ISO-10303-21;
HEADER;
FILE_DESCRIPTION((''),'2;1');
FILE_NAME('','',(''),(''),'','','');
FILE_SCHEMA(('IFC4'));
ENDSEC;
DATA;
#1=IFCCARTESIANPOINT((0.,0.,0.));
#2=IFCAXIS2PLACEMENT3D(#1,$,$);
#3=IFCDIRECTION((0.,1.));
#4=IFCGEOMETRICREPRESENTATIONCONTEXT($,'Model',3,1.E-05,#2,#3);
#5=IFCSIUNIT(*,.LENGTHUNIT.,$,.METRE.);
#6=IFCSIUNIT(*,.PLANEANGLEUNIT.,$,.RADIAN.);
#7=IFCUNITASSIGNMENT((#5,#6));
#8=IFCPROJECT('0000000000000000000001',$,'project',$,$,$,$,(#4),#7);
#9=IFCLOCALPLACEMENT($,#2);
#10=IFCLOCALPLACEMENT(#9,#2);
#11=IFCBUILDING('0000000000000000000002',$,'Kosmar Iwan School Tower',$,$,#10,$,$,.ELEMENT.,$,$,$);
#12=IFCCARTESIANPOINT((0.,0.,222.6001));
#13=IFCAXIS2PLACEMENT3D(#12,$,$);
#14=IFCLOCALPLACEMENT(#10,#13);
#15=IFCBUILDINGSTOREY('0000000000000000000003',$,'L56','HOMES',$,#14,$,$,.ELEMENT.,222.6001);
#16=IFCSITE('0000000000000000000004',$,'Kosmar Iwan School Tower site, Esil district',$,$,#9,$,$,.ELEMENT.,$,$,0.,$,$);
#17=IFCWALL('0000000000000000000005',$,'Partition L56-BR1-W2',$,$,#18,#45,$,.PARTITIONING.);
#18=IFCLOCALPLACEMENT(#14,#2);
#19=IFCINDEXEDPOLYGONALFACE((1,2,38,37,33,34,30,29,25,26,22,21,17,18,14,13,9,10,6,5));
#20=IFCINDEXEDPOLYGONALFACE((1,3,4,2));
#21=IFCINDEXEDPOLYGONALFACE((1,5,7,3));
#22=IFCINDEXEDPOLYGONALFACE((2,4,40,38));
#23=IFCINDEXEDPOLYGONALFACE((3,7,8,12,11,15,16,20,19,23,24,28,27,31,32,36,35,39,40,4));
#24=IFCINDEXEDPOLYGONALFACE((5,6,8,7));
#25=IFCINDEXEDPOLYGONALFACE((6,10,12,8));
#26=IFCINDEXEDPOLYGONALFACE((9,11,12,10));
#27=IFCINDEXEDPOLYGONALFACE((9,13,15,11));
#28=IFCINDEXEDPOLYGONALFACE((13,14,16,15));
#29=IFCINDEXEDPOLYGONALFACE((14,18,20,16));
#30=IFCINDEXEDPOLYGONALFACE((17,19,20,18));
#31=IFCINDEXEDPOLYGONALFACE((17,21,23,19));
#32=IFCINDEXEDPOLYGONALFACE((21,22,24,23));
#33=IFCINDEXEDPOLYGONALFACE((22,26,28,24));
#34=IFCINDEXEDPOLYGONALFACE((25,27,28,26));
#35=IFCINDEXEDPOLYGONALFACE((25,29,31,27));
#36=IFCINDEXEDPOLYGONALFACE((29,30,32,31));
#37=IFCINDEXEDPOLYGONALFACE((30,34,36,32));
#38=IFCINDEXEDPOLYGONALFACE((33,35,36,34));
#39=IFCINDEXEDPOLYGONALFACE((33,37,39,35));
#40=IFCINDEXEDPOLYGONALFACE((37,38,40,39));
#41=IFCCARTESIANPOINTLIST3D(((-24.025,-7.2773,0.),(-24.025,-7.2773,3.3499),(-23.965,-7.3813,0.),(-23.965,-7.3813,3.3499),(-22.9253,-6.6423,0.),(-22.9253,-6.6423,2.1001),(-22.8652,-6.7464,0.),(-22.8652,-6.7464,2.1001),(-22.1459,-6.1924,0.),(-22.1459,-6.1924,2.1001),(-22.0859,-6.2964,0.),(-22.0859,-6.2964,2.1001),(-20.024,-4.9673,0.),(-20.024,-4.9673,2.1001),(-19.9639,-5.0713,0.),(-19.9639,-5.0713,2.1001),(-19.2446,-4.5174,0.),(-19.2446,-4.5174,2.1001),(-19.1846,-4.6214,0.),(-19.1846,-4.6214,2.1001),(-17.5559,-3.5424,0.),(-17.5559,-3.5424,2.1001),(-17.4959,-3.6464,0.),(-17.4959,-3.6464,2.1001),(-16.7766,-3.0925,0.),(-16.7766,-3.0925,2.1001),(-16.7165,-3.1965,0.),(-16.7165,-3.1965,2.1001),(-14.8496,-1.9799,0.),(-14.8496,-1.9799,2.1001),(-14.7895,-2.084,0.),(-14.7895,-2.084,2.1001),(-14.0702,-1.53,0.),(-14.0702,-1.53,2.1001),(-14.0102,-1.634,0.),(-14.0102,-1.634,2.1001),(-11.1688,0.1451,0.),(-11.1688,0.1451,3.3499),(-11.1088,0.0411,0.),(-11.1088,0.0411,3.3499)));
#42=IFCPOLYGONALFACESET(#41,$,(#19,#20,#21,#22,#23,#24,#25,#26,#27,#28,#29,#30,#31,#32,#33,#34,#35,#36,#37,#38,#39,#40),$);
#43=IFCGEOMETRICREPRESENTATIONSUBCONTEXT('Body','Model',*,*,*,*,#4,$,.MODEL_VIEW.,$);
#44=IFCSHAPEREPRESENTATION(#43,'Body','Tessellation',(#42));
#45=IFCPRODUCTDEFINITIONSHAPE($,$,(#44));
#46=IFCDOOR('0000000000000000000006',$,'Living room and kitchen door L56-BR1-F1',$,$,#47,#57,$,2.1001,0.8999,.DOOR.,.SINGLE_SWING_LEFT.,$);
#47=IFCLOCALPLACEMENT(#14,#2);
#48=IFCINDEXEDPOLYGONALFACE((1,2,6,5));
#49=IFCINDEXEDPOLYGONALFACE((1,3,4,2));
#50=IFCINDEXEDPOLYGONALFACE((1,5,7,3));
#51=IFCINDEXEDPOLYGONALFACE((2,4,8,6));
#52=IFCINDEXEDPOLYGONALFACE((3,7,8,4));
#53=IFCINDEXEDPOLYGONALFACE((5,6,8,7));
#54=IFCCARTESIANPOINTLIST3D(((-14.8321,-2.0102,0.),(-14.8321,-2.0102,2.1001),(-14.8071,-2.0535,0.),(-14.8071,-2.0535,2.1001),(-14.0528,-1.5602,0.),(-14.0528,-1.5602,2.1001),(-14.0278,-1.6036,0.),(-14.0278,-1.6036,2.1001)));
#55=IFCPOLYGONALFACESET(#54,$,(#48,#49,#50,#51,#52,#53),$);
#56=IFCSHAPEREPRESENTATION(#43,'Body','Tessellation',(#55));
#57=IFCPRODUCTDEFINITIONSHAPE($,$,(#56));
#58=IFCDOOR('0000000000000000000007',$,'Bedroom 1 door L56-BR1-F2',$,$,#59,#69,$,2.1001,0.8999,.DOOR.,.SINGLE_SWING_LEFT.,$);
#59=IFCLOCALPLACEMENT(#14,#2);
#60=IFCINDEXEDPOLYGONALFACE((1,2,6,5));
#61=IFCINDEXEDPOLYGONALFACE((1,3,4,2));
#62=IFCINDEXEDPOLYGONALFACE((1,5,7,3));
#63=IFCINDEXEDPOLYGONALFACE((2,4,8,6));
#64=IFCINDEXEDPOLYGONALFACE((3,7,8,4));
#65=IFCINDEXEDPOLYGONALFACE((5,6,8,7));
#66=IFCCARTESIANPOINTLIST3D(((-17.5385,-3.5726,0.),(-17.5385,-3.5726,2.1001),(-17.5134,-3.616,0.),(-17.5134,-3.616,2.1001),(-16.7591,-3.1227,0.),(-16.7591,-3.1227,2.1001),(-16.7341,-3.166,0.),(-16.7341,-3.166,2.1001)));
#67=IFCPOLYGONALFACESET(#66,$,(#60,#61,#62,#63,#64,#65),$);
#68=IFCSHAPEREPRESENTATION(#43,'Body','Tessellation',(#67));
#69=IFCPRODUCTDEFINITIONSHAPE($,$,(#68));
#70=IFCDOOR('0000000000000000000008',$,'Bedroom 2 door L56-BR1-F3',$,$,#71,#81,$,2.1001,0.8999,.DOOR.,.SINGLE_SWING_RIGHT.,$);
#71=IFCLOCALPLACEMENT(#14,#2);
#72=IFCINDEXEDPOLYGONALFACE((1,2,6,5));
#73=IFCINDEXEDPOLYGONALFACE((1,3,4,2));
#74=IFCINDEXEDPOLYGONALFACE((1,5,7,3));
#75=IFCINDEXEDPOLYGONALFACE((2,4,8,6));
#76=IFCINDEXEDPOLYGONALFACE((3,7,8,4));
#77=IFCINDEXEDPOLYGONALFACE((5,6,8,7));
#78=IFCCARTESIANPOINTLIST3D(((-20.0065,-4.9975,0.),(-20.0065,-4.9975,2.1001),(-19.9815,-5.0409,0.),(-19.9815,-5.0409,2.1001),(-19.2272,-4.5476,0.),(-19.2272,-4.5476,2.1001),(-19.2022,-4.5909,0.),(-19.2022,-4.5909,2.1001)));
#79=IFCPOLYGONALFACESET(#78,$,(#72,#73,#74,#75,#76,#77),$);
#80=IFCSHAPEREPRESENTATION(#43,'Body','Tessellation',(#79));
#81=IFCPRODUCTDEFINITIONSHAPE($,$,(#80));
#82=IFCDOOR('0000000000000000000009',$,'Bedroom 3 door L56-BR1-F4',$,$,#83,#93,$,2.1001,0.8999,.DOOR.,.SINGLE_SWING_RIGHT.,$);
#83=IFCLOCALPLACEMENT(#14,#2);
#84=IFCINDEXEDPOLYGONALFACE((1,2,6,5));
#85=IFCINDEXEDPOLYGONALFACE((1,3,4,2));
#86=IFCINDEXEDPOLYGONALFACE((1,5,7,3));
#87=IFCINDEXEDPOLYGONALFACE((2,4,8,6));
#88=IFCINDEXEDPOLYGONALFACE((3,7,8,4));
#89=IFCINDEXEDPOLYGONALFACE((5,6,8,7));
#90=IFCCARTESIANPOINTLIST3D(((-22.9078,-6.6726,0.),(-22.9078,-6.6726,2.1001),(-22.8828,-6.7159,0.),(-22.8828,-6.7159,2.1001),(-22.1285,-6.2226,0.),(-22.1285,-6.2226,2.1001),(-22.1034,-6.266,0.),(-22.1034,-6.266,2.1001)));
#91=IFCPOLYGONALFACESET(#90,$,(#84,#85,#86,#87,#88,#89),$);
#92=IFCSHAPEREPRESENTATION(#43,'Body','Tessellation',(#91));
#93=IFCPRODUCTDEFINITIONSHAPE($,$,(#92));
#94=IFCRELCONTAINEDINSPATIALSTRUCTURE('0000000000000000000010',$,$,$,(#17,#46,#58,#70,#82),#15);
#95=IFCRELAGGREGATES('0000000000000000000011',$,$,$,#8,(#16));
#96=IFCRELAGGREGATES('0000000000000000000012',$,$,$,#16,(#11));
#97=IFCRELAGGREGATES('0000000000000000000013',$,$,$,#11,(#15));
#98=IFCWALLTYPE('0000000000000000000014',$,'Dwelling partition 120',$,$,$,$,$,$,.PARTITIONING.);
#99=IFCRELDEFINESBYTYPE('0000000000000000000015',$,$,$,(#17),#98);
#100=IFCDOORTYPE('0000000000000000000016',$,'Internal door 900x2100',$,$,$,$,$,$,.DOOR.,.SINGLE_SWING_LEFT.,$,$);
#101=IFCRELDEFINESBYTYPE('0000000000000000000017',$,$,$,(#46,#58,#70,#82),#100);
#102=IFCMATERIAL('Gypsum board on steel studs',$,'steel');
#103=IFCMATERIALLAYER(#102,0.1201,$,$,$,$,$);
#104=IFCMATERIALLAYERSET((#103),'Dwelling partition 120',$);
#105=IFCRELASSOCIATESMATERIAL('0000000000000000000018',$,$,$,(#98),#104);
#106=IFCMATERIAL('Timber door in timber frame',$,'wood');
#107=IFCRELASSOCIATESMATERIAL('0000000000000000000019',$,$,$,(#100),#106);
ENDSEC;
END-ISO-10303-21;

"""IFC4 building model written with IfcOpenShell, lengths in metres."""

from ifc_helpers import new_model, si_unit, direction, frame, frame_2d, origin, place, context, subcontext, project, spatial, rectangle, extrude, material, layer, layer_set, type_object, element, fill, save


model = new_model("IFC4")

# Units and contexts
model_context = context("Model", 3, precision=1e-05, world=origin(), true_north=direction((0.0, 1.0)))
body_context = subcontext(model_context, "Body", "Model", "MODEL_VIEW")
ifc_project = project(units=[si_unit("LENGTHUNIT", "METRE"), si_unit("PLANEANGLEUNIT", "RADIAN")], contexts=[model_context])

# Site, building, storey
site_placement = place(None, origin())
site = spatial("IfcSite", under=ifc_project, at=site_placement, Name="Kosmar Iwan School Tower site, Esil district", CompositionType="ELEMENT", RefElevation=0.0)
building_placement = place(site_placement, origin())
building = spatial("IfcBuilding", under=site, at=building_placement, Name="Kosmar Iwan School Tower", CompositionType="ELEMENT")
storey_placement = place(building_placement, frame((0.0, 0.0, 222.6001)))
storey = spatial("IfcBuildingStorey", under=building, at=storey_placement, Name="L56", Description="HOMES", CompositionType="ELEMENT", Elevation=222.6001)

# Wall, openings, doors
ifc_material_1 = material(Name="Gypsum board on steel studs", Category="steel")
ifc_layer_1 = layer(ifc_material_1, 0.1201)
ifc_layer_set_1 = layer_set([ifc_layer_1], Name="Dwelling partition 120")
wall_type_1 = type_object("IfcWallType", Name="Dwelling partition 120", PredefinedType="PARTITIONING", material=ifc_layer_set_1)
wall_1_placement = place(storey_placement, frame((-11.1389, 0.093, 0.0), z_axis=(0.0, 0.0, 1.0), x_axis=(-0.86603, -0.499992, 0.0)))
wall_1 = element("IfcWall", 1, at=wall_1_placement, inside=storey, type_object=wall_type_1, Name="Partition L56-BR1-W2", PredefinedType="PARTITIONING", context=body_context, shape_type="SweptSolid", body=[
    extrude(rectangle(XDim=14.845, YDim=0.1201, at=frame_2d((7.4224, 0.0))), origin(), (0.0, 0.0, 1.0), 3.3499),
])
opening_1_placement = place(wall_1_placement, frame((3.3501, 0.0, 0.0)))
opening_1 = element("IfcOpeningElement", 2, at=opening_1_placement, cuts=wall_1, PredefinedType="OPENING", context=body_context, shape_type="SweptSolid", body=[
    extrude(rectangle(XDim=0.8999, YDim=2.1001, at=frame_2d((0.45, 1.05))), frame((0.0, 0.072, 0.0), z_axis=(0.0, -1.0, 0.0), x_axis=(1.0, 0.0, 0.0)), (0.0, 0.0, 1.0), 0.144),
])
opening_2_placement = place(wall_1_placement, frame((6.4751, 0.0, 0.0)))
opening_2 = element("IfcOpeningElement", 3, at=opening_2_placement, cuts=wall_1, PredefinedType="OPENING", context=body_context, shape_type="SweptSolid", body=[
    extrude(rectangle(XDim=0.8999, YDim=2.1001, at=frame_2d((0.45, 1.05))), frame((0.0, 0.072, 0.0), z_axis=(0.0, -1.0, 0.0), x_axis=(1.0, 0.0, 0.0)), (0.0, 0.0, 1.0), 0.144),
])
opening_3_placement = place(wall_1_placement, frame((9.325, 0.0, 0.0)))
opening_3 = element("IfcOpeningElement", 4, at=opening_3_placement, cuts=wall_1, PredefinedType="OPENING", context=body_context, shape_type="SweptSolid", body=[
    extrude(rectangle(XDim=0.8999, YDim=2.1001, at=frame_2d((0.45, 1.05))), frame((0.0, 0.072, 0.0), z_axis=(0.0, -1.0, 0.0), x_axis=(1.0, 0.0, 0.0)), (0.0, 0.0, 1.0), 0.144),
])
opening_4_placement = place(wall_1_placement, frame((12.675, 0.0, 0.0)))
opening_4 = element("IfcOpeningElement", 5, at=opening_4_placement, cuts=wall_1, PredefinedType="OPENING", context=body_context, shape_type="SweptSolid", body=[
    extrude(rectangle(XDim=0.8999, YDim=2.1001, at=frame_2d((0.45, 1.05))), frame((0.0, 0.072, 0.0), z_axis=(0.0, -1.0, 0.0), x_axis=(1.0, 0.0, 0.0)), (0.0, 0.0, 1.0), 0.144),
])
ifc_material_2 = material(Name="Timber door in timber frame", Category="wood")
door_type = type_object("IfcDoorType", Name="Internal door 900x2100", OperationType="SINGLE_SWING_LEFT", PredefinedType="DOOR", material=ifc_material_2)
door_1_placement = place(opening_1_placement, origin())
door_1 = element("IfcDoor", 6, at=door_1_placement, inside=storey, type_object=door_type, Name="Living room and kitchen door L56-BR1-F1", OperationType="SINGLE_SWING_LEFT", OverallHeight=2.1001, OverallWidth=0.8999, PredefinedType="DOOR", context=body_context, shape_type="SweptSolid", body=[
    extrude(rectangle(XDim=0.8999, YDim=2.1001, at=frame_2d((0.45, 1.05))), frame((0.0, 0.0249, 0.0), z_axis=(0.0, -1.0, 0.0), x_axis=(1.0, 0.0, 0.0)), (0.0, 0.0, 1.0), 0.05),
])
fill(opening_1, door_1)
door_2_placement = place(opening_2_placement, origin())
door_2 = element("IfcDoor", 7, at=door_2_placement, inside=storey, type_object=door_type, Name="Bedroom 1 door L56-BR1-F2", OperationType="SINGLE_SWING_LEFT", OverallHeight=2.1001, OverallWidth=0.8999, PredefinedType="DOOR", context=body_context, shape_type="SweptSolid", body=[
    extrude(rectangle(XDim=0.8999, YDim=2.1001, at=frame_2d((0.45, 1.05))), frame((0.0, 0.0249, 0.0), z_axis=(0.0, -1.0, 0.0), x_axis=(1.0, 0.0, 0.0)), (0.0, 0.0, 1.0), 0.05),
])
fill(opening_2, door_2)
door_3_placement = place(opening_3_placement, origin())
door_3 = element("IfcDoor", 8, at=door_3_placement, inside=storey, type_object=door_type, Name="Bedroom 2 door L56-BR1-F3", OperationType="SINGLE_SWING_RIGHT", OverallHeight=2.1001, OverallWidth=0.8999, PredefinedType="DOOR", context=body_context, shape_type="SweptSolid", body=[
    extrude(rectangle(XDim=0.8999, YDim=2.1001, at=frame_2d((0.45, 1.05))), frame((0.0, 0.0249, 0.0), z_axis=(0.0, -1.0, 0.0), x_axis=(1.0, 0.0, 0.0)), (0.0, 0.0, 1.0), 0.05),
])
fill(opening_3, door_3)
door_4_placement = place(opening_4_placement, origin())
door_4 = element("IfcDoor", 9, at=door_4_placement, inside=storey, type_object=door_type, Name="Bedroom 3 door L56-BR1-F4", OperationType="SINGLE_SWING_RIGHT", OverallHeight=2.1001, OverallWidth=0.8999, PredefinedType="DOOR", context=body_context, shape_type="SweptSolid", body=[
    extrude(rectangle(XDim=0.8999, YDim=2.1001, at=frame_2d((0.45, 1.05))), frame((0.0, 0.0249, 0.0), z_axis=(0.0, -1.0, 0.0), x_axis=(1.0, 0.0, 0.0)), (0.0, 0.0, 1.0), 0.05),
])
fill(opening_4, door_4)

save(model, "model.ifc")
